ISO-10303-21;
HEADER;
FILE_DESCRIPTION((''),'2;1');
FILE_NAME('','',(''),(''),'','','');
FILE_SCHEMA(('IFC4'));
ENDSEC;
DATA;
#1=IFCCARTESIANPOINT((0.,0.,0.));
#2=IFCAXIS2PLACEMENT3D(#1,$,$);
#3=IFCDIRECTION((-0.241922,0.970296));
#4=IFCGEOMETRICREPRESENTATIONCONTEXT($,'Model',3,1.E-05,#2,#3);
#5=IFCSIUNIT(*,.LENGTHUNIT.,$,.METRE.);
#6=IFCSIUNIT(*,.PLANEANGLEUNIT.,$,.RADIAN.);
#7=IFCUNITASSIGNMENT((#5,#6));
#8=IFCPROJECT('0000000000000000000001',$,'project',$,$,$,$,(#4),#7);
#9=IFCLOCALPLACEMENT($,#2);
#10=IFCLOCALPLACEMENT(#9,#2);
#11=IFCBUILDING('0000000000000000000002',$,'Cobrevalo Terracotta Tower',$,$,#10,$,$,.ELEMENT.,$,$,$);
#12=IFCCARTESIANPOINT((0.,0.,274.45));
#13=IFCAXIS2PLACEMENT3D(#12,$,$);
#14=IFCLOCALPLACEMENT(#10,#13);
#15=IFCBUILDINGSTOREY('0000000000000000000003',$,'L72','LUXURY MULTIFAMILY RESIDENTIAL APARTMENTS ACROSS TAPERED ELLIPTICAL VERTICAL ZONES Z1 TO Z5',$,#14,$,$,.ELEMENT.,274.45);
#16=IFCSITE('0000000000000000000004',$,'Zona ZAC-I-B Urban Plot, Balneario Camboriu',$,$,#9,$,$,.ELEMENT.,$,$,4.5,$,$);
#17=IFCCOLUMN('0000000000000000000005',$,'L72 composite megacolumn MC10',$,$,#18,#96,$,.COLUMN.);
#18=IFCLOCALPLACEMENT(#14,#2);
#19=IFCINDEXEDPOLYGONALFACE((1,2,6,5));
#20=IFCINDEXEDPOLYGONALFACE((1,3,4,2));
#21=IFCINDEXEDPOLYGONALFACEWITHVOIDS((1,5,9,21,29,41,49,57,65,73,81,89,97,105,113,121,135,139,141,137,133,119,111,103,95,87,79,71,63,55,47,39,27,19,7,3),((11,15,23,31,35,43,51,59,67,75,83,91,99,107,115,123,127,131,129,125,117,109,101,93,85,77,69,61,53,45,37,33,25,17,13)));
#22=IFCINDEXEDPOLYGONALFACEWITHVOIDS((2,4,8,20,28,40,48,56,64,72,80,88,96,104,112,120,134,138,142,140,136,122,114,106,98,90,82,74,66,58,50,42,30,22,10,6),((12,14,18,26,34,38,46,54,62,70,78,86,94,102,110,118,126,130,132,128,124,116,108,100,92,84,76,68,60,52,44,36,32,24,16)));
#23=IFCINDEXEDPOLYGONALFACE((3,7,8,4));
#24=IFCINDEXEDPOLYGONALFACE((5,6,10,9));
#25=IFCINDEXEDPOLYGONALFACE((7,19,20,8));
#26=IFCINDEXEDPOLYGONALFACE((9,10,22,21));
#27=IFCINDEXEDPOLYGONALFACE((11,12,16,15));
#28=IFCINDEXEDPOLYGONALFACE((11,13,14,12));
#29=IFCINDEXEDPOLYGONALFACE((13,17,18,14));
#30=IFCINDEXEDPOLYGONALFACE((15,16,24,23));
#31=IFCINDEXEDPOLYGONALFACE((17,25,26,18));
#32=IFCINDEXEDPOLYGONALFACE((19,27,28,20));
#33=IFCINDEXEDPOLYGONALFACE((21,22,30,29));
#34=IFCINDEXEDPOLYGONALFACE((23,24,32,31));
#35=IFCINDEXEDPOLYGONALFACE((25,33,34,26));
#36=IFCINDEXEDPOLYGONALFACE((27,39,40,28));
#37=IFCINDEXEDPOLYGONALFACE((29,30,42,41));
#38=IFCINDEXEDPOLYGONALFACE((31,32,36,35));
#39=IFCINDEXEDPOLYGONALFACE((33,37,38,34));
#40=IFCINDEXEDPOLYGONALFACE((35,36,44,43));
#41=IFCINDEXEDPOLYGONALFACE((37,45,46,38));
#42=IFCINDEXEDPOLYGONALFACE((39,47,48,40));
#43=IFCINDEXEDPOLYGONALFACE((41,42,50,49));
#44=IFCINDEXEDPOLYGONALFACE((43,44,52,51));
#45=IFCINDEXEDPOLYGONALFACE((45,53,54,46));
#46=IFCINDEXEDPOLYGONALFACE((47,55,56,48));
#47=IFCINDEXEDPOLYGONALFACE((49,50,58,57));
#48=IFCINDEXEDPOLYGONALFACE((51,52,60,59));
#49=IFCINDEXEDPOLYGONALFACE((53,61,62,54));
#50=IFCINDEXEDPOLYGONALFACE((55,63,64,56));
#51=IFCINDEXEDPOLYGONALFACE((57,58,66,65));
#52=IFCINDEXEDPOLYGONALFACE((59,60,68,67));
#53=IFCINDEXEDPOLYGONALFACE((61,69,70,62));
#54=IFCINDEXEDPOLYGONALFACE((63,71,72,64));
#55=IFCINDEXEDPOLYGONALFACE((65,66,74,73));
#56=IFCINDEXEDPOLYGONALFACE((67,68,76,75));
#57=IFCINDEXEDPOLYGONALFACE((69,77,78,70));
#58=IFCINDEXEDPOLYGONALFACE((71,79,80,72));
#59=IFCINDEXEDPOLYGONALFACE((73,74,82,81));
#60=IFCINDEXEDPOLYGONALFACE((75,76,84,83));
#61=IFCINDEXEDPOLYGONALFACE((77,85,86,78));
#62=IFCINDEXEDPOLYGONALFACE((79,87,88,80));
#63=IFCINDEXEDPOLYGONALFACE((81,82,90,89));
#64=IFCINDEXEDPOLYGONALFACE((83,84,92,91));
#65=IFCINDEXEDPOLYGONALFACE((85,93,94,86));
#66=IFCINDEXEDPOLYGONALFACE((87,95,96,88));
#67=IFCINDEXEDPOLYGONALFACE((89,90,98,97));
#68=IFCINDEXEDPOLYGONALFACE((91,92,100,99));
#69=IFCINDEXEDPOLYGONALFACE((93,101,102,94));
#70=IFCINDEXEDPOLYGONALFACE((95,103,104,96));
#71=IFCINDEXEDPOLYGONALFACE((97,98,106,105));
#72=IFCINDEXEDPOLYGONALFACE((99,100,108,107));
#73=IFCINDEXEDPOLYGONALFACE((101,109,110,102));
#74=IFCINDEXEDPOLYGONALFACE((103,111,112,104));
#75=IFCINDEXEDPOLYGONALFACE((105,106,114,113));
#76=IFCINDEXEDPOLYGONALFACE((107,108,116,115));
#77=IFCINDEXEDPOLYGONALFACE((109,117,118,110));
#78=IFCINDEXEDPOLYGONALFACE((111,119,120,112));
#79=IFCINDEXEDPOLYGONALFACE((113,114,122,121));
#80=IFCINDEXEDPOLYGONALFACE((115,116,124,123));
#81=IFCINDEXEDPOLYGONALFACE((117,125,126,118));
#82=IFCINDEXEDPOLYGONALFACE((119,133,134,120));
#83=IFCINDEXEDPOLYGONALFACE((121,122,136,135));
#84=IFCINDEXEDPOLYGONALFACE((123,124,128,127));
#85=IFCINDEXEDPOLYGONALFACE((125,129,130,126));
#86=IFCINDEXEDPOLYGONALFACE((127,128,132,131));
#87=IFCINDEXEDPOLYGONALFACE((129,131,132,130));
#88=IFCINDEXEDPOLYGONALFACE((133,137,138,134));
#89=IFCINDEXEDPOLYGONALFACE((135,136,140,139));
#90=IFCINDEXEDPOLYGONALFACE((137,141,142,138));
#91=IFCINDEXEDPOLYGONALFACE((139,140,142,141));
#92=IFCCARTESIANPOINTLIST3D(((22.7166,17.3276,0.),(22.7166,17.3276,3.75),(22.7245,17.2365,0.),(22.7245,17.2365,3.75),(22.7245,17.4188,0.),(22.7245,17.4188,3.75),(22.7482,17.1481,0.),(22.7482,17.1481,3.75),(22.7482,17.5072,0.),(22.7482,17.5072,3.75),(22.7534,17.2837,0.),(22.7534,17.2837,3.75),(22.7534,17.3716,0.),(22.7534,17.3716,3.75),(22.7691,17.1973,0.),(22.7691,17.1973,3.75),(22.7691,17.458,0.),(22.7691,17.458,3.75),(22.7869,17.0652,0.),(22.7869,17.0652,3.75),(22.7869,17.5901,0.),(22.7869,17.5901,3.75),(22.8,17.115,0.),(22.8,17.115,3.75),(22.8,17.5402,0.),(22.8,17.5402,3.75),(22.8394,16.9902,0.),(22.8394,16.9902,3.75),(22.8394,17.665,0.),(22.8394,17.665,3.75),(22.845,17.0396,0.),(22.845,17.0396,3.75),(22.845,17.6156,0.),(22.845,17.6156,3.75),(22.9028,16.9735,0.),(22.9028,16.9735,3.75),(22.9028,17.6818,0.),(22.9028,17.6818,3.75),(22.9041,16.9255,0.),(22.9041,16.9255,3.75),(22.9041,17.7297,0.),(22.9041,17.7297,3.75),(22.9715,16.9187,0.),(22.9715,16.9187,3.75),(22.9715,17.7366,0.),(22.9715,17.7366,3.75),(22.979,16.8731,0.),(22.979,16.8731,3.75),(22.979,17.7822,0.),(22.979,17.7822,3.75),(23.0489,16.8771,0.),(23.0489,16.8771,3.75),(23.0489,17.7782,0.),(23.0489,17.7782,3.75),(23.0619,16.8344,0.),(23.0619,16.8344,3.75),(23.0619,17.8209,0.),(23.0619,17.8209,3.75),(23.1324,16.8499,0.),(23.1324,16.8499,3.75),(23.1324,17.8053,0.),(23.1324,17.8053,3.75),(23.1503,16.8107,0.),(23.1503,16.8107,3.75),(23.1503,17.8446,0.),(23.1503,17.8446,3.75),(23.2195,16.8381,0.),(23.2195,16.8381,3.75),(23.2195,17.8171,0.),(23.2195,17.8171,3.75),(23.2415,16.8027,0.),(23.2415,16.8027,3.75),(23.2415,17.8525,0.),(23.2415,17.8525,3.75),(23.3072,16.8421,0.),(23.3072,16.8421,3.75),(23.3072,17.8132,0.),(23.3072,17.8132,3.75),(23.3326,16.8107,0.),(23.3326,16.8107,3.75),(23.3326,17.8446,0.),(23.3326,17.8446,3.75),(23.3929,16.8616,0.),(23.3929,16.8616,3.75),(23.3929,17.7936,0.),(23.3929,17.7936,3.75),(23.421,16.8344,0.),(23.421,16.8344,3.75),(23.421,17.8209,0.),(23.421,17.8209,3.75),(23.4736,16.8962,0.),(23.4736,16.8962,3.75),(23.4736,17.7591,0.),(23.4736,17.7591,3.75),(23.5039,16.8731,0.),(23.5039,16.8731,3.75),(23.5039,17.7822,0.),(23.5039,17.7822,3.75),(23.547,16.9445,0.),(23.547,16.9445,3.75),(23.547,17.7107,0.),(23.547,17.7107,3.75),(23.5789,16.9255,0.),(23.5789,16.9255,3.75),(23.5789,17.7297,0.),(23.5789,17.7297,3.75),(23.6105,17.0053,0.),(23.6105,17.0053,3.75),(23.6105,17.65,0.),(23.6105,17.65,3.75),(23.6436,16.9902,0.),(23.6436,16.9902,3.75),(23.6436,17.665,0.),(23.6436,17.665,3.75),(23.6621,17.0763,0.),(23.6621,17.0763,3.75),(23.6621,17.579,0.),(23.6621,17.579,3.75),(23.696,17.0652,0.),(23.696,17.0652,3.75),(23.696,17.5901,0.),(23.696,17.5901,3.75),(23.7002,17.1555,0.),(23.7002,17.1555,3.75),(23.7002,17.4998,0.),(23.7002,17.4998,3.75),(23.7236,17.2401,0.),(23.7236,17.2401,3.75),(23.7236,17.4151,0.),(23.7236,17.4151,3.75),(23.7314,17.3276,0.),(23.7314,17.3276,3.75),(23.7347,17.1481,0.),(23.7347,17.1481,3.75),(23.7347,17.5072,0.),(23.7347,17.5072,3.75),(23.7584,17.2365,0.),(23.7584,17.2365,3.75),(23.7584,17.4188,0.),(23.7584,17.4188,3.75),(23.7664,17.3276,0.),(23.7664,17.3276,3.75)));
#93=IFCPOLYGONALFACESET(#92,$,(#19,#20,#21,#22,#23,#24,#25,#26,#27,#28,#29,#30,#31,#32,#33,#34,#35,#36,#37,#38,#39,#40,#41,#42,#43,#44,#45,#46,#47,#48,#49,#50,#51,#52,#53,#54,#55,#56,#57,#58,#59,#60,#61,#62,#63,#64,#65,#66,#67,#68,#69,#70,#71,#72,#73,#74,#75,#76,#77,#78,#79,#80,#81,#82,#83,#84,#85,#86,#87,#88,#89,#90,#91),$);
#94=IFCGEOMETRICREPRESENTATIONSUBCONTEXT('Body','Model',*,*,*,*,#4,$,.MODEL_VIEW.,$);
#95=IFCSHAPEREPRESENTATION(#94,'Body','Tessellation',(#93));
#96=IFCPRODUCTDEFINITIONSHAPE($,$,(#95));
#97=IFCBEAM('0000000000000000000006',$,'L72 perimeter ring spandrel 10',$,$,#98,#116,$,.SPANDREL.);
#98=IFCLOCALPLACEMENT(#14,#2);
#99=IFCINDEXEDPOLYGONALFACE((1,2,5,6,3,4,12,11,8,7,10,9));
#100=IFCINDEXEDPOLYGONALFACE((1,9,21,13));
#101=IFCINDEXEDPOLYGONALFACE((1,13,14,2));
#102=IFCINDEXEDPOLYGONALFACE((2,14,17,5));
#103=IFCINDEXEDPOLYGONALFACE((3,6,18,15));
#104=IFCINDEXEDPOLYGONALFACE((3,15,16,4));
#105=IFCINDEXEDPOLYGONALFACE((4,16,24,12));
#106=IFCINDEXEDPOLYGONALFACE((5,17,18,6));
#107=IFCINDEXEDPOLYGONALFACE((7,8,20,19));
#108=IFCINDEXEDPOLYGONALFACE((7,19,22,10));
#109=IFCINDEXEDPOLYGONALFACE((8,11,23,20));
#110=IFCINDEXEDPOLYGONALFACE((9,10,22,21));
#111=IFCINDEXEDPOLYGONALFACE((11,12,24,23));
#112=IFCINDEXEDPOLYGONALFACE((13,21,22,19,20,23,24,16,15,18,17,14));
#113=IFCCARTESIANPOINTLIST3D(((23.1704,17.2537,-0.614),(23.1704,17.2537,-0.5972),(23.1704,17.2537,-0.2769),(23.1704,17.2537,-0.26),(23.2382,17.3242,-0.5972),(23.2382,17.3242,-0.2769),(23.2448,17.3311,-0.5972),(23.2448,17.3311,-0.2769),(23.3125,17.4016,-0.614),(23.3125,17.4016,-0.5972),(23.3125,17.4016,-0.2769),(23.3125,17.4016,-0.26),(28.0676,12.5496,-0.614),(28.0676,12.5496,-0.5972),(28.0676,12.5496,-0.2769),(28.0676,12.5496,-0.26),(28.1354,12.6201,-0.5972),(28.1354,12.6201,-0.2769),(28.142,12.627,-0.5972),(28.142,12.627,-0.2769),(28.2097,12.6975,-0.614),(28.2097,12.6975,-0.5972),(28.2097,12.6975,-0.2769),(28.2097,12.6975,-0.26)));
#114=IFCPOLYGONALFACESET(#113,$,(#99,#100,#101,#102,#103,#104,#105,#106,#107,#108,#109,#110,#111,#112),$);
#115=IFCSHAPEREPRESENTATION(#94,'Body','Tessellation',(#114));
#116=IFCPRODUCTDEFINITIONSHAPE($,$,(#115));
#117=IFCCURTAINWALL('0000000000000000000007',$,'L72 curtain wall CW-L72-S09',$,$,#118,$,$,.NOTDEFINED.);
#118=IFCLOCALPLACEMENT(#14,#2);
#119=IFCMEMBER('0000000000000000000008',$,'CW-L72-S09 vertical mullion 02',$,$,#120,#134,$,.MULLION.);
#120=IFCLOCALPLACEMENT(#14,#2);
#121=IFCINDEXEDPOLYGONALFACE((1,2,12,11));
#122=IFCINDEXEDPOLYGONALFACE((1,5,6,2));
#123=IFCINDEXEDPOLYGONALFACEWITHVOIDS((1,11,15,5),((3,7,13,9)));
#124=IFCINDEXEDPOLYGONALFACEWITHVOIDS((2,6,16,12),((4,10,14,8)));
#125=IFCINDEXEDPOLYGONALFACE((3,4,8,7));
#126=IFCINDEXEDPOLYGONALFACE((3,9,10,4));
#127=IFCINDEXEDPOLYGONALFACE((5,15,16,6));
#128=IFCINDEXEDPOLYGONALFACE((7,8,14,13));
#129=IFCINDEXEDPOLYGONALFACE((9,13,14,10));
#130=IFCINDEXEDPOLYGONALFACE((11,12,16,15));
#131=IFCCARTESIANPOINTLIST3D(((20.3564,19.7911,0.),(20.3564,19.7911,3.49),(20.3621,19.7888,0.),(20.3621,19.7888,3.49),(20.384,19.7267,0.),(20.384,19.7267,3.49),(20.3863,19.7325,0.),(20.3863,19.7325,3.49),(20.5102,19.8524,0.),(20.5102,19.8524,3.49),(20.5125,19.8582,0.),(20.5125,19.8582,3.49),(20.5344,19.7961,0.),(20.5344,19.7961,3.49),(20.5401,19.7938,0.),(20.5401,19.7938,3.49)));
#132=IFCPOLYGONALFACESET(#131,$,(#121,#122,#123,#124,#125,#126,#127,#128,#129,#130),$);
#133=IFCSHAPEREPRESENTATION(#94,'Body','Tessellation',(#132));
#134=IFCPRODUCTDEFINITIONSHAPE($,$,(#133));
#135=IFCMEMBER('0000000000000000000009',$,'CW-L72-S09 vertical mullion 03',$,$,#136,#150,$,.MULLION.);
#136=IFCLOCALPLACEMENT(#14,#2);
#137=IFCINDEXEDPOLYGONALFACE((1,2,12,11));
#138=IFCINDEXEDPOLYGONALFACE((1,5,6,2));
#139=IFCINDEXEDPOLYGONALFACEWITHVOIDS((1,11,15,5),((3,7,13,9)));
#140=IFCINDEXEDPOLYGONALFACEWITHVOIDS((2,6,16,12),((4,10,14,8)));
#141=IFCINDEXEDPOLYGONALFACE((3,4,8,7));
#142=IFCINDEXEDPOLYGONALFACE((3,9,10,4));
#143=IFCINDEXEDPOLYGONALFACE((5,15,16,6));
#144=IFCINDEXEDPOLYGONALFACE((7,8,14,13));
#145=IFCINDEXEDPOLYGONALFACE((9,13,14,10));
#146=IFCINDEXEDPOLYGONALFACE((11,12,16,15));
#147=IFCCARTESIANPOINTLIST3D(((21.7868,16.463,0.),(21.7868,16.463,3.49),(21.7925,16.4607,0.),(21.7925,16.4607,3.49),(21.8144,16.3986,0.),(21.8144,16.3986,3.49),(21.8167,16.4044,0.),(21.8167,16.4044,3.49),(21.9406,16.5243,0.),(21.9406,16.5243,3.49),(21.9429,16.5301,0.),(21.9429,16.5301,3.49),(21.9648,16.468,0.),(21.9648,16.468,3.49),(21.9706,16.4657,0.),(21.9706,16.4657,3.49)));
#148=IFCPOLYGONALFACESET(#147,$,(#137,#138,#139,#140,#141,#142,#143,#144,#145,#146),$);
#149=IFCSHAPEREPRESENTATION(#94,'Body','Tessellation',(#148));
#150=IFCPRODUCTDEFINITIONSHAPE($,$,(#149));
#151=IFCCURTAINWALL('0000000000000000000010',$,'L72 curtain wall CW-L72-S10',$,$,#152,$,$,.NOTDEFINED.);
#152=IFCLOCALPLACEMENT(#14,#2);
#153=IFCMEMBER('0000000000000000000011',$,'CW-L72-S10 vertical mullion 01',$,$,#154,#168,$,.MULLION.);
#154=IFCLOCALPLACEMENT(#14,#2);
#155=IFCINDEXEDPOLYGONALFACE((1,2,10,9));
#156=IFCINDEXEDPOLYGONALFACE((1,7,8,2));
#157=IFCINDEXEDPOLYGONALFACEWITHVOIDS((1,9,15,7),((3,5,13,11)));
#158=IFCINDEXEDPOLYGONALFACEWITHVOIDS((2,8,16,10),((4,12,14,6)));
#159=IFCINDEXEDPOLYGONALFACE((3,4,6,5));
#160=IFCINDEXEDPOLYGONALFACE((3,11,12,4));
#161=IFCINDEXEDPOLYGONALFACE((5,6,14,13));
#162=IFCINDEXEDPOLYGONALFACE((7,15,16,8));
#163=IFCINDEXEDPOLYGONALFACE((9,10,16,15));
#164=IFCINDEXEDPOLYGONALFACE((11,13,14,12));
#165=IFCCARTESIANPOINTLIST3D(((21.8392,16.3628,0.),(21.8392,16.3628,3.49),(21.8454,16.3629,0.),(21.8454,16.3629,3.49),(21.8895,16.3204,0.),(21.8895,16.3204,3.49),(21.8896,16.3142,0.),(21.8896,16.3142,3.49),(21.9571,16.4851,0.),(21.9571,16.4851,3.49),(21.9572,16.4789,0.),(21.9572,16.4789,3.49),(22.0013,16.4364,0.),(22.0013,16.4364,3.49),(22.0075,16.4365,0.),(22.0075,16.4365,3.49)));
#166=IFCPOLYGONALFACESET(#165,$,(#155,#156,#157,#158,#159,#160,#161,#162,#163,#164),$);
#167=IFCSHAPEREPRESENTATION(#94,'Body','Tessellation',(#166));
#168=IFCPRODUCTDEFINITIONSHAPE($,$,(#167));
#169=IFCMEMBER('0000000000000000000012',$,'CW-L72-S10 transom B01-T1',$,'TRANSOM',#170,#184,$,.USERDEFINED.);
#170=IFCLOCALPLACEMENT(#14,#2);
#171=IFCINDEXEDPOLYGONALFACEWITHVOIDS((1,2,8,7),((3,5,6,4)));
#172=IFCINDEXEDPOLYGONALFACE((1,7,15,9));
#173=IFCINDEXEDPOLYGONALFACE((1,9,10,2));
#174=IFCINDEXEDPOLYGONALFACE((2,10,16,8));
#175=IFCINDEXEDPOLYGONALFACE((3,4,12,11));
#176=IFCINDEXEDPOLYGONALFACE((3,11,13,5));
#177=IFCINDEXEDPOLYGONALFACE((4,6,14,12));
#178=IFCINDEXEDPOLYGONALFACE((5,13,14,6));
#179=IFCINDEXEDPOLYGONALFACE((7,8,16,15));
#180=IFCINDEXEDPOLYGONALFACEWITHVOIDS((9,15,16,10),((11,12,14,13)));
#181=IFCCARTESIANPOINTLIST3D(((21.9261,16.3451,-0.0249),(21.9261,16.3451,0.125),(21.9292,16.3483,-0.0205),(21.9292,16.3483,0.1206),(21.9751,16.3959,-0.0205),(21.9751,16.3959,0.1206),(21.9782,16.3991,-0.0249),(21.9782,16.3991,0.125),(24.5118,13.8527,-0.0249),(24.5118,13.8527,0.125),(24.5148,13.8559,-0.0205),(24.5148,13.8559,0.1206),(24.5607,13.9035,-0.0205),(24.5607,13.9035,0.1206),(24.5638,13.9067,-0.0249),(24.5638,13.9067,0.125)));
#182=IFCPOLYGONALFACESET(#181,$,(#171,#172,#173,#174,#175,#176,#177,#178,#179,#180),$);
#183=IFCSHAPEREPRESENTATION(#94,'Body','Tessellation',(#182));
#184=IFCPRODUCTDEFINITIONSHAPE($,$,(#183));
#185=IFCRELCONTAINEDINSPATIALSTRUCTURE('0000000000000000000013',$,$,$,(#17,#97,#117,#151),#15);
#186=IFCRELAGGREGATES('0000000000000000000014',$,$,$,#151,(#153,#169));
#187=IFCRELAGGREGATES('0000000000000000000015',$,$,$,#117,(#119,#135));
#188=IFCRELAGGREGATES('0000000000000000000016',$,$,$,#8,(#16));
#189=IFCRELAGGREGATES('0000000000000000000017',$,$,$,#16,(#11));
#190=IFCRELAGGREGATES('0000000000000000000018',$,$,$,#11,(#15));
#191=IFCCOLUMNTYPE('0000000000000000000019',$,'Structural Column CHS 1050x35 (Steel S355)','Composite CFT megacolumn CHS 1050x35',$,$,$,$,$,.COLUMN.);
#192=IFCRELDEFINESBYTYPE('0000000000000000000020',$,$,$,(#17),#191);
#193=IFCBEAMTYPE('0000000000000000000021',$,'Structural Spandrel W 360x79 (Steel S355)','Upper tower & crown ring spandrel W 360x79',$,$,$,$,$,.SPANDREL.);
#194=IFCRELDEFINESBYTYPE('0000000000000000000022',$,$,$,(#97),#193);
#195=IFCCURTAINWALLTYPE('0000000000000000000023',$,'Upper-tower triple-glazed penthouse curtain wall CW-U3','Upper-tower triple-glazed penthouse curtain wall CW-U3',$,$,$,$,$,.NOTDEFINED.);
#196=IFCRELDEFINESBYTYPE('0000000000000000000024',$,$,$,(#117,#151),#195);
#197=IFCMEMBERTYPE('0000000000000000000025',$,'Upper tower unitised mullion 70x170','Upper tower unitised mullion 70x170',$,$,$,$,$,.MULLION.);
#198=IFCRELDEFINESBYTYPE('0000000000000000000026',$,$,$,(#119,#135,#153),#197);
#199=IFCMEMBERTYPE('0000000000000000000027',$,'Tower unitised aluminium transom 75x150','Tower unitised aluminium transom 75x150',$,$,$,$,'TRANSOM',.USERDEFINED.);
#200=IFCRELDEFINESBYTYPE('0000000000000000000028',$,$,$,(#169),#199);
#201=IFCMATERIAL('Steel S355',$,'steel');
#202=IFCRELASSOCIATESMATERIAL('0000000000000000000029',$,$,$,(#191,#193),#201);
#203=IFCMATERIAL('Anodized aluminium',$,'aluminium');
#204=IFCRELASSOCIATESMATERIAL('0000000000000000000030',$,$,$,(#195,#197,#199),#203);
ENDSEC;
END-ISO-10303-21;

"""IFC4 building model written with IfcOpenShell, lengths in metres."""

from ifc_helpers import new_model, si_unit, direction, frame, origin, origin_2d, place, context, subcontext, project, spatial, hollow_rectangle, hollow_circle, i_section, extrude, source, transform, mapped, material, material_profile, profile_set, type_object, element, aggregate, save


model = new_model("IFC4")

# Units and contexts
model_context = context("Model", 3, precision=1e-05, world=origin(), true_north=direction((-0.241922, 0.970296)))
body_context = subcontext(model_context, "Body", "Model", "MODEL_VIEW")
ifc_project = project(units=[si_unit("LENGTHUNIT", "METRE"), si_unit("PLANEANGLEUNIT", "RADIAN")], contexts=[model_context])

# Site, building, storey
site_placement = place(None, origin())
site = spatial("IfcSite", under=ifc_project, at=site_placement, Name="Zona ZAC-I-B Urban Plot, Balneario Camboriu", CompositionType="ELEMENT", RefElevation=4.5)
building_placement = place(site_placement, origin())
building = spatial("IfcBuilding", under=site, at=building_placement, Name="Cobrevalo Terracotta Tower", CompositionType="ELEMENT")
storey_placement = place(building_placement, frame((0.0, 0.0, 274.45)))
storey = spatial("IfcBuildingStorey", under=building, at=storey_placement, Name="L72", Description="LUXURY MULTIFAMILY RESIDENTIAL APARTMENTS ACROSS TAPERED ELLIPTICAL VERTICAL ZONES Z1 TO Z5", CompositionType="ELEMENT", Elevation=274.45)

# Column
ifc_material_1 = material(Name="Steel S355", Category="steel")
ifc_material_profile_1 = material_profile(ifc_material_1, hollow_circle(Radius=0.5249, WallThickness=0.0349, at=origin_2d()), Name="CHS 1050x35")
ifc_profile_set_1 = profile_set([ifc_material_profile_1], Name="Steel S355")
column_type = type_object("IfcColumnType", Name="Structural Column CHS 1050x35 (Steel S355)", Description="Composite CFT megacolumn CHS 1050x35", PredefinedType="COLUMN", material=ifc_profile_set_1)
column_placement = place(storey_placement, frame((23.2415, 17.3276, 0.0), z_axis=(0.0, 0.0, 1.0), x_axis=(1.0, 0.0, 0.0)))
element("IfcColumn", 1, at=column_placement, inside=storey, type_object=column_type, Name="L72 composite megacolumn MC10", PredefinedType="COLUMN", context=body_context, shape_type="SweptSolid", body=[
    extrude(hollow_circle(Radius=0.5249, WallThickness=0.0349, at=origin_2d()), origin(), (0.0, 0.0, 1.0), 3.75),
])

# Beam
ifc_material_profile_2 = material_profile(ifc_material_1, i_section(OverallWidth=0.2051, OverallDepth=0.354, WebThickness=0.0095, FlangeThickness=0.0168, at=origin_2d()), Name="W 360x79")
ifc_profile_set_2 = profile_set([ifc_material_profile_2], Name="Steel S355")
beam_type = type_object("IfcBeamType", Name="Structural Spandrel W 360x79 (Steel S355)", Description="Upper tower & crown ring spandrel W 360x79", PredefinedType="SPANDREL", material=ifc_profile_set_2)
beam_placement = place(storey_placement, frame((23.2415, 17.3276, -0.437), z_axis=(0.721183, -0.692744, 0.0), x_axis=(0.692744, 0.721183, 0.0)))
element("IfcBeam", 2, at=beam_placement, inside=storey, type_object=beam_type, Name="L72 perimeter ring spandrel 10", PredefinedType="SPANDREL", context=body_context, shape_type="SweptSolid", body=[
    extrude(i_section(OverallWidth=0.2051, OverallDepth=0.354, WebThickness=0.0095, FlangeThickness=0.0168, at=origin_2d()), origin(), (0.0, 0.0, 1.0), 6.7905),
])

# Curtain walls, members
ifc_material_2 = material(Name="Anodized aluminium", Category="aluminium")
curtain_wall_type = type_object("IfcCurtainWallType", Name="Upper-tower triple-glazed penthouse curtain wall CW-U3", Description="Upper-tower triple-glazed penthouse curtain wall CW-U3", PredefinedType="NOTDEFINED", material=ifc_material_2)
curtain_wall_1_placement = place(storey_placement, origin())
curtain_wall_1 = element("IfcCurtainWall", 3, at=curtain_wall_1_placement, inside=storey, type_object=curtain_wall_type, Name="L72 curtain wall CW-L72-S09", PredefinedType="NOTDEFINED")
ifc_material_profile_3 = material_profile(ifc_material_2, hollow_rectangle(XDim=0.0701, YDim=0.1699, WallThickness=0.0044, at=origin_2d()), Name="CWM 70x170")
ifc_profile_set_3 = profile_set([ifc_material_profile_3], Name="Anodized aluminium")
member_type_1 = type_object("IfcMemberType", Name="Upper tower unitised mullion 70x170", Description="Upper tower unitised mullion 70x170", PredefinedType="MULLION", material=ifc_profile_set_3)
shared_shape_1 = source(origin(), body_context, "Body", "SweptSolid", [
    extrude(hollow_rectangle(XDim=0.0701, YDim=0.1699, WallThickness=0.0044, at=origin_2d()), origin(), (0.0, 0.0, 1.0), 3.49),
])
member_1_placement = place(storey_placement, frame((20.4482, 19.7925, 0.0), z_axis=(0.0, 0.0, 1.0), x_axis=(0.394824, -0.918757, 0.0)))
member_1 = element("IfcMember", 4, at=member_1_placement, type_object=member_type_1, Name="CW-L72-S09 vertical mullion 02", PredefinedType="MULLION", context=body_context, shape_type="MappedRepresentation", body=[
    mapped(shared_shape_1, transform((0.0, 0.0, 0.0), scale=1.0)),
])
member_2_placement = place(storey_placement, frame((21.8787, 16.4644, 0.0), z_axis=(0.0, 0.0, 1.0), x_axis=(0.394824, -0.918757, 0.0)))
member_2 = element("IfcMember", 5, at=member_2_placement, type_object=member_type_1, Name="CW-L72-S09 vertical mullion 03", PredefinedType="MULLION", context=body_context, shape_type="MappedRepresentation", body=[
    mapped(shared_shape_1, transform((0.0, 0.0, 0.0), scale=1.0)),
])
curtain_wall_2_placement = place(storey_placement, origin())
curtain_wall_2 = element("IfcCurtainWall", 6, at=curtain_wall_2_placement, inside=storey, type_object=curtain_wall_type, Name="L72 curtain wall CW-L72-S10", PredefinedType="NOTDEFINED")
member_3_placement = place(storey_placement, frame((21.9233, 16.3997, 0.0), z_axis=(0.0, 0.0, 1.0), x_axis=(0.719994, -0.69398, 0.0)))
member_3 = element("IfcMember", 7, at=member_3_placement, type_object=member_type_1, Name="CW-L72-S10 vertical mullion 01", PredefinedType="MULLION", context=body_context, shape_type="MappedRepresentation", body=[
    mapped(shared_shape_1, transform((0.0, 0.0, 0.0), scale=1.0)),
])
ifc_material_profile_4 = material_profile(ifc_material_2, hollow_rectangle(XDim=0.075, YDim=0.1499, WallThickness=0.0044, at=origin_2d()), Name="CWT 75x150")
ifc_profile_set_4 = profile_set([ifc_material_profile_4], Name="Anodized aluminium")
member_type_2 = type_object("IfcMemberType", Name="Tower unitised aluminium transom 75x150", Description="Tower unitised aluminium transom 75x150", ElementType="TRANSOM", PredefinedType="USERDEFINED", material=ifc_profile_set_4)
shared_shape_2 = source(origin(), body_context, "Body", "SweptSolid", [
    extrude(hollow_rectangle(XDim=0.075, YDim=0.1499, WallThickness=0.0044, at=origin_2d()), origin(), (0.0, 0.0, 1.0), 3.5913),
])
member_4_placement = place(storey_placement, frame((21.9521, 16.3721, 0.05), z_axis=(0.719972, -0.694003, 0.0), x_axis=(0.694003, 0.719972, 0.0)))
member_4 = element("IfcMember", 8, at=member_4_placement, type_object=member_type_2, Name="CW-L72-S10 transom B01-T1", ObjectType="TRANSOM", PredefinedType="USERDEFINED", context=body_context, shape_type="MappedRepresentation", body=[
    mapped(shared_shape_2, transform((0.0, 0.0, 0.0), scale=1.0)),
])
aggregate(curtain_wall_2, [member_3, member_4])

aggregate(curtain_wall_1, [member_1, member_2])

save(model, "model.ifc")
